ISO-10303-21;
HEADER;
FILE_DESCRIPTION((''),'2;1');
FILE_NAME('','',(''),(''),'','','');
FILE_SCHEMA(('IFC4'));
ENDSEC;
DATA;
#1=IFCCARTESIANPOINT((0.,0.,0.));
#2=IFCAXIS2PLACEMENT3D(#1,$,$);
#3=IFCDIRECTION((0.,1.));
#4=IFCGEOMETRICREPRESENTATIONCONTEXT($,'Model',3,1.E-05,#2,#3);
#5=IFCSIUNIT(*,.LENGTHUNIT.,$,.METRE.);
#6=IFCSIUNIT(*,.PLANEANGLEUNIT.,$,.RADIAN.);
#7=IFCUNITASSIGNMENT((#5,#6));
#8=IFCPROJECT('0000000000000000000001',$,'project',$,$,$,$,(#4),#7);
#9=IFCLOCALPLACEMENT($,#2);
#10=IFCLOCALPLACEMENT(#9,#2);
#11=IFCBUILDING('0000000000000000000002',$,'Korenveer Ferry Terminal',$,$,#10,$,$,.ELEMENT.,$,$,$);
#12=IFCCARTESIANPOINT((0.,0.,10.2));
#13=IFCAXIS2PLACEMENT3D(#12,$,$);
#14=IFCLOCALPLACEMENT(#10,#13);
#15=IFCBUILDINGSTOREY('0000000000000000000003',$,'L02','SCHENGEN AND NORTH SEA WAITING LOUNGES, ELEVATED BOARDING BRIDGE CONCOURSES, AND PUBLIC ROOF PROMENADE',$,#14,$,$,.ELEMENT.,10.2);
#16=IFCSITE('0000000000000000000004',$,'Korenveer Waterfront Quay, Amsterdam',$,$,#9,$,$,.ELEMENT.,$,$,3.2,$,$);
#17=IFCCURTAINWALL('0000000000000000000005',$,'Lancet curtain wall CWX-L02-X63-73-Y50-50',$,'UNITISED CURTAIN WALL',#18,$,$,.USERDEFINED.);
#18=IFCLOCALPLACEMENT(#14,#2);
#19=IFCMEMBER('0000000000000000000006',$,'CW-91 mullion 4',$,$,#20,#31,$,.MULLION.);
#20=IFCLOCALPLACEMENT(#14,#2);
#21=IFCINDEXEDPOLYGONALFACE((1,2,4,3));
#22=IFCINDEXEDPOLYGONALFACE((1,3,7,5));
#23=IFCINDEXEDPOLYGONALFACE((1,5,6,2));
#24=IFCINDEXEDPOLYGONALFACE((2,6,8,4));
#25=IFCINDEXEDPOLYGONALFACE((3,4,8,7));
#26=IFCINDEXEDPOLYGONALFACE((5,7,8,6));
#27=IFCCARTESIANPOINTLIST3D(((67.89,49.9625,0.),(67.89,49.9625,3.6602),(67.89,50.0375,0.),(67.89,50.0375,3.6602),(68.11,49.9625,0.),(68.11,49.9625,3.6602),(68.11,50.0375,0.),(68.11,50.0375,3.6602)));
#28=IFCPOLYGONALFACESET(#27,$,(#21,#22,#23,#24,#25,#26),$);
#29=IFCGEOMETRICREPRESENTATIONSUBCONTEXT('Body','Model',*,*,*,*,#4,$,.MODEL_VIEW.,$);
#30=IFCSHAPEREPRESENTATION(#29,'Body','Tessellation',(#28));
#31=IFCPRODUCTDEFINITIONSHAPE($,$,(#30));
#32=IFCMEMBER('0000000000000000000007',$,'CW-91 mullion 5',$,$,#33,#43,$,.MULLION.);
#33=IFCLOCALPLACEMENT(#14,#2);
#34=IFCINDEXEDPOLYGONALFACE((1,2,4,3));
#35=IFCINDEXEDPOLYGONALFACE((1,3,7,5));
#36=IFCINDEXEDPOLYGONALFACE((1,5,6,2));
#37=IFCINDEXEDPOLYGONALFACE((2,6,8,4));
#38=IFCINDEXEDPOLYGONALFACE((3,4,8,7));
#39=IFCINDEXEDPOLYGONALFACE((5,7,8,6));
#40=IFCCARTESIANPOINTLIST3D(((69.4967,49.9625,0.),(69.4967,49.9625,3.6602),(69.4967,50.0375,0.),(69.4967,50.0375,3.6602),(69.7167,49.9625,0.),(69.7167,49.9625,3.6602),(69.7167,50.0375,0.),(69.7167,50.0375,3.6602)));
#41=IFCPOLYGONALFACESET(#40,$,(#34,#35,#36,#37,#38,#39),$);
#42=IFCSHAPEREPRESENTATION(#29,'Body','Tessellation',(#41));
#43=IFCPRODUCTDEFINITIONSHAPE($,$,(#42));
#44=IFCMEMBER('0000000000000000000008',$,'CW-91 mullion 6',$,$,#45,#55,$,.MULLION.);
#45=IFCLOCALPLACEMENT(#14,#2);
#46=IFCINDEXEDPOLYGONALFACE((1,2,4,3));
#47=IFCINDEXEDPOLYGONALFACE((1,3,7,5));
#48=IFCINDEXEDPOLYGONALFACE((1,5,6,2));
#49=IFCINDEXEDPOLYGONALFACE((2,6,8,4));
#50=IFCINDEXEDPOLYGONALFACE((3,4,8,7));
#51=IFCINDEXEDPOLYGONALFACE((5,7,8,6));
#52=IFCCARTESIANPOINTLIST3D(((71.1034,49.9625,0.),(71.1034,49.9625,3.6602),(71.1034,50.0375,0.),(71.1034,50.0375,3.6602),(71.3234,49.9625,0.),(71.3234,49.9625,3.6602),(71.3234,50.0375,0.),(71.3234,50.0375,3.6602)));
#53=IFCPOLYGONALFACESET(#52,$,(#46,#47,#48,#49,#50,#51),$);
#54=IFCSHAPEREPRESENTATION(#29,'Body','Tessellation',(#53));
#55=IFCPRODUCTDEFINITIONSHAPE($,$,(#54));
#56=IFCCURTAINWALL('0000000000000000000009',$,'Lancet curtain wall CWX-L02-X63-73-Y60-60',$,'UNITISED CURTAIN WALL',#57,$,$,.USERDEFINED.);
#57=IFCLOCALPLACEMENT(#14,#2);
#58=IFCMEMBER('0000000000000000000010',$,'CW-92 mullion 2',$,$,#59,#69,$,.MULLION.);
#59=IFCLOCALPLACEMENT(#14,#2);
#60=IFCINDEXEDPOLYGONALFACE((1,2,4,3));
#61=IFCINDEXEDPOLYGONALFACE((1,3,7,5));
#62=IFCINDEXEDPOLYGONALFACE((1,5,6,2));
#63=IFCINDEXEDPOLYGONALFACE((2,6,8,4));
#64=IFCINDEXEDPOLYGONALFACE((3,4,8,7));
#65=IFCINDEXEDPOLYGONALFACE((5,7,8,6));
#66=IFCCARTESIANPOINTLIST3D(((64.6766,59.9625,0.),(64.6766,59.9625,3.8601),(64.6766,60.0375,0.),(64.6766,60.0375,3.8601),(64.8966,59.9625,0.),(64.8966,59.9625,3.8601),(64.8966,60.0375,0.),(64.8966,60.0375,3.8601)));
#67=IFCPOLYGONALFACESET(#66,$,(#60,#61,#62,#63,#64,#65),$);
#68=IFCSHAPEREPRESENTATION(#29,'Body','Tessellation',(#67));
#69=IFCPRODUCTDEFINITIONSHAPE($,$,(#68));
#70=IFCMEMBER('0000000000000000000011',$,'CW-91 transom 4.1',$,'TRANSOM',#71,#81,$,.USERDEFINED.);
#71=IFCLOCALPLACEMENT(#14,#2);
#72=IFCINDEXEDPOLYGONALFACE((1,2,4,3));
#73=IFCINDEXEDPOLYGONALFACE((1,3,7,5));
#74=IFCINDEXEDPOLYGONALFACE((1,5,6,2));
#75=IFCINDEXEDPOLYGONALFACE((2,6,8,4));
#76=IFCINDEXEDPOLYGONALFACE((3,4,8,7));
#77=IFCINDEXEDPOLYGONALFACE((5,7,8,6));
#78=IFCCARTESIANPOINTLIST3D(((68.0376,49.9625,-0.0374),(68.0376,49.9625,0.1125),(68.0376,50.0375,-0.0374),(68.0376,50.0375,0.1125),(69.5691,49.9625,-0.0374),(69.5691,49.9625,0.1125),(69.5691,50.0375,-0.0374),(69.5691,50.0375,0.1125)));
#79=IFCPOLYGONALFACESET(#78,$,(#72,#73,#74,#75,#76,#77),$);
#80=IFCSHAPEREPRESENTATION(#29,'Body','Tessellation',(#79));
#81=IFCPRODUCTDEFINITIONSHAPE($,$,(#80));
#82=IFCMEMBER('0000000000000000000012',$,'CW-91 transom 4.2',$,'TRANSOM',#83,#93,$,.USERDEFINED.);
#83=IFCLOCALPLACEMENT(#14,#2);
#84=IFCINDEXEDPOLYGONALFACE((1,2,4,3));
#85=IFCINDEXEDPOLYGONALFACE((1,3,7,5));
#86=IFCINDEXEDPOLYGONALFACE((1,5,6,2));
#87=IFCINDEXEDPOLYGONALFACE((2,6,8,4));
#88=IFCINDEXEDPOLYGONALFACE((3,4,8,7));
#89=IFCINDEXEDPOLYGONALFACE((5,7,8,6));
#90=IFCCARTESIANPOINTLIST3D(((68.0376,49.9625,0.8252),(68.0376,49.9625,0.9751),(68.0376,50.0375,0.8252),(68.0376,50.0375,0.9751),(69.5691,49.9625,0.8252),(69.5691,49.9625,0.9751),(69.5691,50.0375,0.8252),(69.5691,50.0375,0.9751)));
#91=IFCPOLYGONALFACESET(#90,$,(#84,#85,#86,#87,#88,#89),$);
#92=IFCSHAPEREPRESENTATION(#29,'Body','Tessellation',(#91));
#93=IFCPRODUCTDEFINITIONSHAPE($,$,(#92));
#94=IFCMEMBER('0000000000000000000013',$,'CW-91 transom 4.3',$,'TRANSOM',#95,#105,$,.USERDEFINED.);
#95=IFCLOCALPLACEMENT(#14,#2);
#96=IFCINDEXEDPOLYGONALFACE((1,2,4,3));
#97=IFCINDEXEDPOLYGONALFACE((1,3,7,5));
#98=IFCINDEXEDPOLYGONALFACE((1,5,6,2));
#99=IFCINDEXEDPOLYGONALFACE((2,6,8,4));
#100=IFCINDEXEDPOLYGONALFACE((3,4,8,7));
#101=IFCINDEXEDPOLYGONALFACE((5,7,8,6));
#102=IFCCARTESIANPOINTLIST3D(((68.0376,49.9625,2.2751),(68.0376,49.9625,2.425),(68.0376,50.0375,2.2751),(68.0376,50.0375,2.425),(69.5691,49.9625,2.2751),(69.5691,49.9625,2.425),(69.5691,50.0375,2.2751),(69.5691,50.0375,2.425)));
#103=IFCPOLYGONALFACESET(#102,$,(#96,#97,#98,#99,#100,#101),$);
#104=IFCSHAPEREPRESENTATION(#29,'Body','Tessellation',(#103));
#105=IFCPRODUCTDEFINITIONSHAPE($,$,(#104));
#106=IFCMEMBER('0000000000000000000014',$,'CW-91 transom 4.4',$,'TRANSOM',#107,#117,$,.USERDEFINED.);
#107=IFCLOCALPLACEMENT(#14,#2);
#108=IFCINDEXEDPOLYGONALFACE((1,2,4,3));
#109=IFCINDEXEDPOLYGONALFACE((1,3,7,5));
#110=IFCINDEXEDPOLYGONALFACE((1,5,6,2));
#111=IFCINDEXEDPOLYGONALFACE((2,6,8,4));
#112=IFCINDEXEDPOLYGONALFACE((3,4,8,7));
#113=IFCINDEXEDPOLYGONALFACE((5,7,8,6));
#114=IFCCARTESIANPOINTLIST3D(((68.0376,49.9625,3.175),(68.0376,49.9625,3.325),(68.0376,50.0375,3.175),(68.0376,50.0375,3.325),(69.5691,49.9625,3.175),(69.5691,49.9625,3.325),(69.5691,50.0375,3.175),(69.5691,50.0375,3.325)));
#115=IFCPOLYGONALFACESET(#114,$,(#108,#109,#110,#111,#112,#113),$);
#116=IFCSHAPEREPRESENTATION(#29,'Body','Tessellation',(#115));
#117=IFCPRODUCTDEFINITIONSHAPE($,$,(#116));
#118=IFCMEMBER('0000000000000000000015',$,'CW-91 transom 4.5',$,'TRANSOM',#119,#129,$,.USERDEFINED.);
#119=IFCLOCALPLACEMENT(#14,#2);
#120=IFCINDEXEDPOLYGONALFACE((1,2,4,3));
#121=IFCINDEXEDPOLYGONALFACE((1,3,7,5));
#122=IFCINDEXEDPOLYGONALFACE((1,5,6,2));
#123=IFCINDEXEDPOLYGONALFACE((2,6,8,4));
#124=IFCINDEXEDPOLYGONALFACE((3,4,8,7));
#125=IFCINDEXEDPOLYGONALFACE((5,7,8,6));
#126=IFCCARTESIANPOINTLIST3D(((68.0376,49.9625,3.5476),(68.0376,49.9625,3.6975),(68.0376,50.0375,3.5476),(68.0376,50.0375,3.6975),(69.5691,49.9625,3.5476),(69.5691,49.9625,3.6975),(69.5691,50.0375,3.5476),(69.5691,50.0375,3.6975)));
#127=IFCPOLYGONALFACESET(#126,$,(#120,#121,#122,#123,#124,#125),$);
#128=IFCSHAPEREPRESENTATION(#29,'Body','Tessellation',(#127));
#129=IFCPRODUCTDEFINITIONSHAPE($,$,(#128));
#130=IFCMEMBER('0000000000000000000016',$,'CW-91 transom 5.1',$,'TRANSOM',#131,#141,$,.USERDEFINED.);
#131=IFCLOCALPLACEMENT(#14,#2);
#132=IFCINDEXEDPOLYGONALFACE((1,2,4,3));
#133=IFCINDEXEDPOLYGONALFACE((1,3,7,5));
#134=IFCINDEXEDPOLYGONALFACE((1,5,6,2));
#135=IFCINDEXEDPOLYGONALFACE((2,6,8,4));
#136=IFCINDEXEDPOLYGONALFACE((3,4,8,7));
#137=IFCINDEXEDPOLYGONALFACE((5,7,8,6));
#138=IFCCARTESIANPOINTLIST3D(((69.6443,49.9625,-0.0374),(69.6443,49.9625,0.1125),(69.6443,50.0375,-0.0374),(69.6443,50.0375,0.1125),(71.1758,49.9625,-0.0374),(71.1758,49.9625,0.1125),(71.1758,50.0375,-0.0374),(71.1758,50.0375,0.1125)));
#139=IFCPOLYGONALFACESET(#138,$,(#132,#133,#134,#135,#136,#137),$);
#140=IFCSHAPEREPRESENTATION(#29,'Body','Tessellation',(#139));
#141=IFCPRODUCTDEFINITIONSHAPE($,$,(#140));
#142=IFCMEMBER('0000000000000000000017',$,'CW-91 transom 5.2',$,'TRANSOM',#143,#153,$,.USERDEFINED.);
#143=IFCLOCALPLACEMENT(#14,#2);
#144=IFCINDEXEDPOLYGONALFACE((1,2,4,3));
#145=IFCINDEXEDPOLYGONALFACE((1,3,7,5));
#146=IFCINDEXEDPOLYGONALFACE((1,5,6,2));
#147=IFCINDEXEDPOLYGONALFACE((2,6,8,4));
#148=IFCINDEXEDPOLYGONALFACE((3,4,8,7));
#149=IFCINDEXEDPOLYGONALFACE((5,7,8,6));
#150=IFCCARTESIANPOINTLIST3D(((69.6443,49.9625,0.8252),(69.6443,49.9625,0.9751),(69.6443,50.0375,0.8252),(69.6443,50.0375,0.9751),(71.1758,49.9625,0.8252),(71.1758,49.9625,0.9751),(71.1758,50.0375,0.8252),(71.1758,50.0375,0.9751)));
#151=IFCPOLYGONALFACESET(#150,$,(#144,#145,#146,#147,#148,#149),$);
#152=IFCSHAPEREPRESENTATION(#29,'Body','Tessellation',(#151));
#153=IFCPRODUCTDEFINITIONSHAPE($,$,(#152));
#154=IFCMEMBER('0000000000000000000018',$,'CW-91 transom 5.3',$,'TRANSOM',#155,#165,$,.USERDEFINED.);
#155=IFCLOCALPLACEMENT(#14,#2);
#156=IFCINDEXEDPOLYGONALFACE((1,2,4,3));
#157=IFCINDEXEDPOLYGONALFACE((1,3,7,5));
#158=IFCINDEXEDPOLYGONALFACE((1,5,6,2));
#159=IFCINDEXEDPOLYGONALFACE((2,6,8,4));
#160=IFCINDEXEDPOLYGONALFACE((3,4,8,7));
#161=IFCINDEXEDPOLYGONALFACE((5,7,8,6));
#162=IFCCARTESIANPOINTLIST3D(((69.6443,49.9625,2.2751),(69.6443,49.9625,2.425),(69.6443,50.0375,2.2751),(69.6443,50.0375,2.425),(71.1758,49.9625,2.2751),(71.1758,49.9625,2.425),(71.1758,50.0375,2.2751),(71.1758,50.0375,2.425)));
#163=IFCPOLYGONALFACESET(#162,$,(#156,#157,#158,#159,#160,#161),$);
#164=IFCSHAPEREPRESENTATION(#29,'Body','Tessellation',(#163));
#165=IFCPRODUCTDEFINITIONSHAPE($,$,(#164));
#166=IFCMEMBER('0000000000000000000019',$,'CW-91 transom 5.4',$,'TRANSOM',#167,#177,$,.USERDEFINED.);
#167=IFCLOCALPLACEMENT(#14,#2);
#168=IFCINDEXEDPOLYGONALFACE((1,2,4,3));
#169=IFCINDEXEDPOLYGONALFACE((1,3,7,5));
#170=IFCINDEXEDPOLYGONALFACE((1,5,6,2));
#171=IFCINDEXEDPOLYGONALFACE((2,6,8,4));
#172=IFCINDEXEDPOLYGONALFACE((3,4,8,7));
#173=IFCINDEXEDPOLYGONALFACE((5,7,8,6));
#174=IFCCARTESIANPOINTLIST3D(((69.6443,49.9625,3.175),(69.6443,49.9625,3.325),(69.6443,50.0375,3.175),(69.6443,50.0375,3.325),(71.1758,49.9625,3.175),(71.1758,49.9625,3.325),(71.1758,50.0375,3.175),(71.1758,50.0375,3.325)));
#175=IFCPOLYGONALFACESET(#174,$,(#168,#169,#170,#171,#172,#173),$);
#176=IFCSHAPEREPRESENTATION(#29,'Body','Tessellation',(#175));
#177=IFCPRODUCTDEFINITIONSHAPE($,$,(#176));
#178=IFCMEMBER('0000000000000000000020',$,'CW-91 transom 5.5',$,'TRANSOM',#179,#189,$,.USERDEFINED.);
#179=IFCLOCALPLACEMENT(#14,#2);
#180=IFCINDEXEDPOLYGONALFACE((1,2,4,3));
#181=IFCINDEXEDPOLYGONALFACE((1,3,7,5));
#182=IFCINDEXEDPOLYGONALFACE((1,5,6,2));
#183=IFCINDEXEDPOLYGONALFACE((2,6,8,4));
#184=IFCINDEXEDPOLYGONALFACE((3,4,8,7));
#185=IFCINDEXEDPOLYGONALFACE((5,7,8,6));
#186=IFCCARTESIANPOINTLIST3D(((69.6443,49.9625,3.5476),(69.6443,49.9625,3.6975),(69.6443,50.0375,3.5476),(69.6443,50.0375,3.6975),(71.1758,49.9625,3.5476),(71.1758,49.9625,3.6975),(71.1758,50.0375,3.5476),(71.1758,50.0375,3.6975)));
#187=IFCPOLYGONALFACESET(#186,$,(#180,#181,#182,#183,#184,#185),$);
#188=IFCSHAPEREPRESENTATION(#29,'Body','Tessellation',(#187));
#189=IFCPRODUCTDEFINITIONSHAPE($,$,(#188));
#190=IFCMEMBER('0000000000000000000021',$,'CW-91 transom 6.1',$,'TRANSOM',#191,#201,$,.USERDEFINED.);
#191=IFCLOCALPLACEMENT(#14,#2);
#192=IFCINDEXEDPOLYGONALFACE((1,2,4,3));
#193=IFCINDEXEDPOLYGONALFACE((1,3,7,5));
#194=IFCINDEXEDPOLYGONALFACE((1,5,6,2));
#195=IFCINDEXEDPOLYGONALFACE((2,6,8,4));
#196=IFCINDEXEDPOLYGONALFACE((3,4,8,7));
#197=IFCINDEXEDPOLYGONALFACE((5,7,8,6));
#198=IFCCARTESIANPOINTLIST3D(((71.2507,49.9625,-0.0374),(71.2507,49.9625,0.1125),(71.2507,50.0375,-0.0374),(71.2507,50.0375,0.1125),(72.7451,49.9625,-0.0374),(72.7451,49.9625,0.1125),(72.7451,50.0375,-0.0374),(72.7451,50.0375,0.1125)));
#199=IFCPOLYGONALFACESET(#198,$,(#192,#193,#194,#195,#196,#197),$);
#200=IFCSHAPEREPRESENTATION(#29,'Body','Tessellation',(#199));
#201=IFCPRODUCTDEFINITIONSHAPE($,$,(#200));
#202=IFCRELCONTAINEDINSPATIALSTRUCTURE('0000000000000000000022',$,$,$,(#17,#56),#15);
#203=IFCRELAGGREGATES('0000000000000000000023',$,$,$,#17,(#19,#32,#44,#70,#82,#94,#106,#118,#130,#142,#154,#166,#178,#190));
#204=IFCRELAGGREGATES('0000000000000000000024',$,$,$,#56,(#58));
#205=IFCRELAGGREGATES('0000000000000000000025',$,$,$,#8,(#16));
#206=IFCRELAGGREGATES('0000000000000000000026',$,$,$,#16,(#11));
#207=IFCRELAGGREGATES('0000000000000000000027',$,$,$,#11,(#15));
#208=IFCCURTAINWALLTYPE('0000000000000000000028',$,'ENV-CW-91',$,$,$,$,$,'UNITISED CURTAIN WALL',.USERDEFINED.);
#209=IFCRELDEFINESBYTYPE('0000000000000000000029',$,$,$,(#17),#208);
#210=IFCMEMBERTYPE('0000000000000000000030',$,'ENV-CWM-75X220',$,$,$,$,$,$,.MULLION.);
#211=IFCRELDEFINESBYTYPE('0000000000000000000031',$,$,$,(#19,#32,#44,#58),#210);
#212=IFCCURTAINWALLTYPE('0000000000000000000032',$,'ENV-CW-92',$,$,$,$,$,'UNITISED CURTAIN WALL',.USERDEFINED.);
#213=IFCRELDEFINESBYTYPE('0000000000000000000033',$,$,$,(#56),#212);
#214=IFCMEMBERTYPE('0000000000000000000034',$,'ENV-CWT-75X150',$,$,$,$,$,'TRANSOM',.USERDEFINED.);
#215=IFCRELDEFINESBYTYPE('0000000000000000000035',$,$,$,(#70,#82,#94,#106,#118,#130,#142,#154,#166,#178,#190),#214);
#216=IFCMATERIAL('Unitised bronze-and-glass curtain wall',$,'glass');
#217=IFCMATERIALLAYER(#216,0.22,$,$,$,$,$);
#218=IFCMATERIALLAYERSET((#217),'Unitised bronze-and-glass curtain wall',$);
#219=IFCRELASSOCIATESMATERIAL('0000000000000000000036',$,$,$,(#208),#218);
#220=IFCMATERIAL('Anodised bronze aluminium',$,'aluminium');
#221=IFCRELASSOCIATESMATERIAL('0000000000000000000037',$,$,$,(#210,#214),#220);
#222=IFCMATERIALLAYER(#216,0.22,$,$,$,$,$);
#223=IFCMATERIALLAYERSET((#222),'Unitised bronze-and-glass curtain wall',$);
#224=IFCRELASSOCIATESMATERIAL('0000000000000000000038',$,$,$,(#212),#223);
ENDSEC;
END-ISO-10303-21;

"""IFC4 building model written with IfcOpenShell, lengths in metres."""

from ifc_helpers import new_model, si_unit, direction, frame, origin, origin_2d, place, context, subcontext, project, spatial, rectangle, extrude, material, layer, layer_set, material_profile, profile_set, type_object, element, aggregate, save


model = new_model("IFC4")

# Units and contexts
model_context = context("Model", 3, precision=1e-05, world=origin(), true_north=direction((0.0, 1.0)))
body_context = subcontext(model_context, "Body", "Model", "MODEL_VIEW")
ifc_project = project(units=[si_unit("LENGTHUNIT", "METRE"), si_unit("PLANEANGLEUNIT", "RADIAN")], contexts=[model_context])

# Site, building, storey
site_placement = place(None, origin())
site = spatial("IfcSite", under=ifc_project, at=site_placement, Name="Korenveer Waterfront Quay, Amsterdam", CompositionType="ELEMENT", RefElevation=3.2)
building_placement = place(site_placement, origin())
building = spatial("IfcBuilding", under=site, at=building_placement, Name="Korenveer Ferry Terminal", CompositionType="ELEMENT")
storey_placement = place(building_placement, frame((0.0, 0.0, 10.2)))
storey = spatial("IfcBuildingStorey", under=building, at=storey_placement, Name="L02", Description="SCHENGEN AND NORTH SEA WAITING LOUNGES, ELEVATED BOARDING BRIDGE CONCOURSES, AND PUBLIC ROOF PROMENADE", CompositionType="ELEMENT", Elevation=10.2)

# Curtain wall, members
ifc_material_1 = material(Name="Unitised bronze-and-glass curtain wall", Category="glass")
ifc_layer_1 = layer(ifc_material_1, 0.22)
ifc_layer_set_1 = layer_set([ifc_layer_1], Name="Unitised bronze-and-glass curtain wall")
curtain_wall_type_1 = type_object("IfcCurtainWallType", Name="ENV-CW-91", ElementType="UNITISED CURTAIN WALL", PredefinedType="USERDEFINED", material=ifc_layer_set_1)
curtain_wall_1_placement = place(storey_placement, frame((63.1799, 50.0, 0.0)))
curtain_wall_1 = element("IfcCurtainWall", 1, at=curtain_wall_1_placement, inside=storey, type_object=curtain_wall_type_1, Name="Lancet curtain wall CWX-L02-X63-73-Y50-50", ObjectType="UNITISED CURTAIN WALL", PredefinedType="USERDEFINED")
ifc_material_2 = material(Name="Anodised bronze aluminium", Category="aluminium")
ifc_material_profile_1 = material_profile(ifc_material_2, rectangle(XDim=0.075, YDim=0.22, at=origin_2d()), Name="ALU 75x220")
ifc_profile_set_1 = profile_set([ifc_material_profile_1], Name="Anodised bronze aluminium")
member_type_1 = type_object("IfcMemberType", Name="ENV-CWM-75X220", PredefinedType="MULLION", material=ifc_profile_set_1)
member_1_placement = place(storey_placement, frame((68.0, 50.0, 0.0), z_axis=(0.0, 0.0, 1.0), x_axis=(0.0, 1.0, 0.0)))
member_1 = element("IfcMember", 2, at=member_1_placement, type_object=member_type_1, Name="CW-91 mullion 4", PredefinedType="MULLION", context=body_context, shape_type="SweptSolid", body=[
    extrude(rectangle(XDim=0.075, YDim=0.22, at=origin_2d()), origin(), (0.0, 0.0, 1.0), 3.6602),
])
member_2_placement = place(storey_placement, frame((69.6067, 50.0, 0.0), z_axis=(0.0, 0.0, 1.0), x_axis=(0.0, 1.0, 0.0)))
member_2 = element("IfcMember", 3, at=member_2_placement, type_object=member_type_1, Name="CW-91 mullion 5", PredefinedType="MULLION", context=body_context, shape_type="SweptSolid", body=[
    extrude(rectangle(XDim=0.075, YDim=0.22, at=origin_2d()), origin(), (0.0, 0.0, 1.0), 3.6602),
])
member_3_placement = place(storey_placement, frame((71.2134, 50.0, 0.0), z_axis=(0.0, 0.0, 1.0), x_axis=(0.0, 1.0, 0.0)))
member_3 = element("IfcMember", 4, at=member_3_placement, type_object=member_type_1, Name="CW-91 mullion 6", PredefinedType="MULLION", context=body_context, shape_type="SweptSolid", body=[
    extrude(rectangle(XDim=0.075, YDim=0.22, at=origin_2d()), origin(), (0.0, 0.0, 1.0), 3.6602),
])

# Curtain wall, member
ifc_layer_2 = layer(ifc_material_1, 0.22)
ifc_layer_set_2 = layer_set([ifc_layer_2], Name="Unitised bronze-and-glass curtain wall")
curtain_wall_type_2 = type_object("IfcCurtainWallType", Name="ENV-CW-92", ElementType="UNITISED CURTAIN WALL", PredefinedType="USERDEFINED", material=ifc_layer_set_2)
curtain_wall_2_placement = place(storey_placement, frame((63.1799, 60.0, 0.0)))
curtain_wall_2 = element("IfcCurtainWall", 5, at=curtain_wall_2_placement, inside=storey, type_object=curtain_wall_type_2, Name="Lancet curtain wall CWX-L02-X63-73-Y60-60", ObjectType="UNITISED CURTAIN WALL", PredefinedType="USERDEFINED")
member_4_placement = place(storey_placement, frame((64.7866, 60.0, 0.0), z_axis=(0.0, 0.0, 1.0), x_axis=(0.0, 1.0, 0.0)))
member_4 = element("IfcMember", 6, at=member_4_placement, type_object=member_type_1, Name="CW-92 mullion 2", PredefinedType="MULLION", context=body_context, shape_type="SweptSolid", body=[
    extrude(rectangle(XDim=0.075, YDim=0.22, at=origin_2d()), origin(), (0.0, 0.0, 1.0), 3.8601),
])

# Members
ifc_material_profile_2 = material_profile(ifc_material_2, rectangle(XDim=0.075, YDim=0.1499, at=origin_2d()), Name="ALU 75x150")
ifc_profile_set_2 = profile_set([ifc_material_profile_2], Name="Anodised bronze aluminium")
member_type_2 = type_object("IfcMemberType", Name="ENV-CWT-75X150", ElementType="TRANSOM", PredefinedType="USERDEFINED", material=ifc_profile_set_2)
member_5_placement = place(storey_placement, frame((68.0376, 50.0, 0.0376), z_axis=(1.0, 0.0, 0.0), x_axis=(0.0, 1.0, 0.0)))
member_5 = element("IfcMember", 7, at=member_5_placement, type_object=member_type_2, Name="CW-91 transom 4.1", ObjectType="TRANSOM", PredefinedType="USERDEFINED", context=body_context, shape_type="SweptSolid", body=[
    extrude(rectangle(XDim=0.075, YDim=0.1499, at=origin_2d()), origin(), (0.0, 0.0, 1.0), 1.5315),
])
member_6_placement = place(storey_placement, frame((68.0376, 50.0, 0.9001), z_axis=(1.0, 0.0, 0.0), x_axis=(0.0, 1.0, 0.0)))
member_6 = element("IfcMember", 8, at=member_6_placement, type_object=member_type_2, Name="CW-91 transom 4.2", ObjectType="TRANSOM", PredefinedType="USERDEFINED", context=body_context, shape_type="SweptSolid", body=[
    extrude(rectangle(XDim=0.075, YDim=0.1499, at=origin_2d()), origin(), (0.0, 0.0, 1.0), 1.5315),
])
member_7_placement = place(storey_placement, frame((68.0376, 50.0, 2.3501), z_axis=(1.0, 0.0, 0.0), x_axis=(0.0, 1.0, 0.0)))
member_7 = element("IfcMember", 9, at=member_7_placement, type_object=member_type_2, Name="CW-91 transom 4.3", ObjectType="TRANSOM", PredefinedType="USERDEFINED", context=body_context, shape_type="SweptSolid", body=[
    extrude(rectangle(XDim=0.075, YDim=0.1499, at=origin_2d()), origin(), (0.0, 0.0, 1.0), 1.5315),
])
member_8_placement = place(storey_placement, frame((68.0376, 50.0, 3.25), z_axis=(1.0, 0.0, 0.0), x_axis=(0.0, 1.0, 0.0)))
member_8 = element("IfcMember", 10, at=member_8_placement, type_object=member_type_2, Name="CW-91 transom 4.4", ObjectType="TRANSOM", PredefinedType="USERDEFINED", context=body_context, shape_type="SweptSolid", body=[
    extrude(rectangle(XDim=0.075, YDim=0.1499, at=origin_2d()), origin(), (0.0, 0.0, 1.0), 1.5315),
])
member_9_placement = place(storey_placement, frame((68.0376, 50.0, 3.6226), z_axis=(1.0, 0.0, 0.0), x_axis=(0.0, 1.0, 0.0)))
member_9 = element("IfcMember", 11, at=member_9_placement, type_object=member_type_2, Name="CW-91 transom 4.5", ObjectType="TRANSOM", PredefinedType="USERDEFINED", context=body_context, shape_type="SweptSolid", body=[
    extrude(rectangle(XDim=0.075, YDim=0.1499, at=origin_2d()), origin(), (0.0, 0.0, 1.0), 1.5315),
])
member_10_placement = place(storey_placement, frame((69.6443, 50.0, 0.0376), z_axis=(1.0, 0.0, 0.0), x_axis=(0.0, 1.0, 0.0)))
member_10 = element("IfcMember", 12, at=member_10_placement, type_object=member_type_2, Name="CW-91 transom 5.1", ObjectType="TRANSOM", PredefinedType="USERDEFINED", context=body_context, shape_type="SweptSolid", body=[
    extrude(rectangle(XDim=0.075, YDim=0.1499, at=origin_2d()), origin(), (0.0, 0.0, 1.0), 1.5315),
])
member_11_placement = place(storey_placement, frame((69.6443, 50.0, 0.9001), z_axis=(1.0, 0.0, 0.0), x_axis=(0.0, 1.0, 0.0)))
member_11 = element("IfcMember", 13, at=member_11_placement, type_object=member_type_2, Name="CW-91 transom 5.2", ObjectType="TRANSOM", PredefinedType="USERDEFINED", context=body_context, shape_type="SweptSolid", body=[
    extrude(rectangle(XDim=0.075, YDim=0.1499, at=origin_2d()), origin(), (0.0, 0.0, 1.0), 1.5315),
])
member_12_placement = place(storey_placement, frame((69.6443, 50.0, 2.3501), z_axis=(1.0, 0.0, 0.0), x_axis=(0.0, 1.0, 0.0)))
member_12 = element("IfcMember", 14, at=member_12_placement, type_object=member_type_2, Name="CW-91 transom 5.3", ObjectType="TRANSOM", PredefinedType="USERDEFINED", context=body_context, shape_type="SweptSolid", body=[
    extrude(rectangle(XDim=0.075, YDim=0.1499, at=origin_2d()), origin(), (0.0, 0.0, 1.0), 1.5315),
])
member_13_placement = place(storey_placement, frame((69.6443, 50.0, 3.25), z_axis=(1.0, 0.0, 0.0), x_axis=(0.0, 1.0, 0.0)))
member_13 = element("IfcMember", 15, at=member_13_placement, type_object=member_type_2, Name="CW-91 transom 5.4", ObjectType="TRANSOM", PredefinedType="USERDEFINED", context=body_context, shape_type="SweptSolid", body=[
    extrude(rectangle(XDim=0.075, YDim=0.1499, at=origin_2d()), origin(), (0.0, 0.0, 1.0), 1.5315),
])
member_14_placement = place(storey_placement, frame((69.6443, 50.0, 3.6226), z_axis=(1.0, 0.0, 0.0), x_axis=(0.0, 1.0, 0.0)))
member_14 = element("IfcMember", 16, at=member_14_placement, type_object=member_type_2, Name="CW-91 transom 5.5", ObjectType="TRANSOM", PredefinedType="USERDEFINED", context=body_context, shape_type="SweptSolid", body=[
    extrude(rectangle(XDim=0.075, YDim=0.1499, at=origin_2d()), origin(), (0.0, 0.0, 1.0), 1.5315),
])
member_15_placement = place(storey_placement, frame((71.2507, 50.0, 0.0376), z_axis=(1.0, 0.0, 0.0), x_axis=(0.0, 1.0, 0.0)))
member_15 = element("IfcMember", 17, at=member_15_placement, type_object=member_type_2, Name="CW-91 transom 6.1", ObjectType="TRANSOM", PredefinedType="USERDEFINED", context=body_context, shape_type="SweptSolid", body=[
    extrude(rectangle(XDim=0.075, YDim=0.1499, at=origin_2d()), origin(), (0.0, 0.0, 1.0), 1.4944),
])

aggregate(curtain_wall_1, [member_1, member_2, member_3, member_5, member_6, member_7, member_8, member_9, member_10, member_11, member_12, member_13, member_14, member_15])
aggregate(curtain_wall_2, [member_4])

save(model, "model.ifc")
